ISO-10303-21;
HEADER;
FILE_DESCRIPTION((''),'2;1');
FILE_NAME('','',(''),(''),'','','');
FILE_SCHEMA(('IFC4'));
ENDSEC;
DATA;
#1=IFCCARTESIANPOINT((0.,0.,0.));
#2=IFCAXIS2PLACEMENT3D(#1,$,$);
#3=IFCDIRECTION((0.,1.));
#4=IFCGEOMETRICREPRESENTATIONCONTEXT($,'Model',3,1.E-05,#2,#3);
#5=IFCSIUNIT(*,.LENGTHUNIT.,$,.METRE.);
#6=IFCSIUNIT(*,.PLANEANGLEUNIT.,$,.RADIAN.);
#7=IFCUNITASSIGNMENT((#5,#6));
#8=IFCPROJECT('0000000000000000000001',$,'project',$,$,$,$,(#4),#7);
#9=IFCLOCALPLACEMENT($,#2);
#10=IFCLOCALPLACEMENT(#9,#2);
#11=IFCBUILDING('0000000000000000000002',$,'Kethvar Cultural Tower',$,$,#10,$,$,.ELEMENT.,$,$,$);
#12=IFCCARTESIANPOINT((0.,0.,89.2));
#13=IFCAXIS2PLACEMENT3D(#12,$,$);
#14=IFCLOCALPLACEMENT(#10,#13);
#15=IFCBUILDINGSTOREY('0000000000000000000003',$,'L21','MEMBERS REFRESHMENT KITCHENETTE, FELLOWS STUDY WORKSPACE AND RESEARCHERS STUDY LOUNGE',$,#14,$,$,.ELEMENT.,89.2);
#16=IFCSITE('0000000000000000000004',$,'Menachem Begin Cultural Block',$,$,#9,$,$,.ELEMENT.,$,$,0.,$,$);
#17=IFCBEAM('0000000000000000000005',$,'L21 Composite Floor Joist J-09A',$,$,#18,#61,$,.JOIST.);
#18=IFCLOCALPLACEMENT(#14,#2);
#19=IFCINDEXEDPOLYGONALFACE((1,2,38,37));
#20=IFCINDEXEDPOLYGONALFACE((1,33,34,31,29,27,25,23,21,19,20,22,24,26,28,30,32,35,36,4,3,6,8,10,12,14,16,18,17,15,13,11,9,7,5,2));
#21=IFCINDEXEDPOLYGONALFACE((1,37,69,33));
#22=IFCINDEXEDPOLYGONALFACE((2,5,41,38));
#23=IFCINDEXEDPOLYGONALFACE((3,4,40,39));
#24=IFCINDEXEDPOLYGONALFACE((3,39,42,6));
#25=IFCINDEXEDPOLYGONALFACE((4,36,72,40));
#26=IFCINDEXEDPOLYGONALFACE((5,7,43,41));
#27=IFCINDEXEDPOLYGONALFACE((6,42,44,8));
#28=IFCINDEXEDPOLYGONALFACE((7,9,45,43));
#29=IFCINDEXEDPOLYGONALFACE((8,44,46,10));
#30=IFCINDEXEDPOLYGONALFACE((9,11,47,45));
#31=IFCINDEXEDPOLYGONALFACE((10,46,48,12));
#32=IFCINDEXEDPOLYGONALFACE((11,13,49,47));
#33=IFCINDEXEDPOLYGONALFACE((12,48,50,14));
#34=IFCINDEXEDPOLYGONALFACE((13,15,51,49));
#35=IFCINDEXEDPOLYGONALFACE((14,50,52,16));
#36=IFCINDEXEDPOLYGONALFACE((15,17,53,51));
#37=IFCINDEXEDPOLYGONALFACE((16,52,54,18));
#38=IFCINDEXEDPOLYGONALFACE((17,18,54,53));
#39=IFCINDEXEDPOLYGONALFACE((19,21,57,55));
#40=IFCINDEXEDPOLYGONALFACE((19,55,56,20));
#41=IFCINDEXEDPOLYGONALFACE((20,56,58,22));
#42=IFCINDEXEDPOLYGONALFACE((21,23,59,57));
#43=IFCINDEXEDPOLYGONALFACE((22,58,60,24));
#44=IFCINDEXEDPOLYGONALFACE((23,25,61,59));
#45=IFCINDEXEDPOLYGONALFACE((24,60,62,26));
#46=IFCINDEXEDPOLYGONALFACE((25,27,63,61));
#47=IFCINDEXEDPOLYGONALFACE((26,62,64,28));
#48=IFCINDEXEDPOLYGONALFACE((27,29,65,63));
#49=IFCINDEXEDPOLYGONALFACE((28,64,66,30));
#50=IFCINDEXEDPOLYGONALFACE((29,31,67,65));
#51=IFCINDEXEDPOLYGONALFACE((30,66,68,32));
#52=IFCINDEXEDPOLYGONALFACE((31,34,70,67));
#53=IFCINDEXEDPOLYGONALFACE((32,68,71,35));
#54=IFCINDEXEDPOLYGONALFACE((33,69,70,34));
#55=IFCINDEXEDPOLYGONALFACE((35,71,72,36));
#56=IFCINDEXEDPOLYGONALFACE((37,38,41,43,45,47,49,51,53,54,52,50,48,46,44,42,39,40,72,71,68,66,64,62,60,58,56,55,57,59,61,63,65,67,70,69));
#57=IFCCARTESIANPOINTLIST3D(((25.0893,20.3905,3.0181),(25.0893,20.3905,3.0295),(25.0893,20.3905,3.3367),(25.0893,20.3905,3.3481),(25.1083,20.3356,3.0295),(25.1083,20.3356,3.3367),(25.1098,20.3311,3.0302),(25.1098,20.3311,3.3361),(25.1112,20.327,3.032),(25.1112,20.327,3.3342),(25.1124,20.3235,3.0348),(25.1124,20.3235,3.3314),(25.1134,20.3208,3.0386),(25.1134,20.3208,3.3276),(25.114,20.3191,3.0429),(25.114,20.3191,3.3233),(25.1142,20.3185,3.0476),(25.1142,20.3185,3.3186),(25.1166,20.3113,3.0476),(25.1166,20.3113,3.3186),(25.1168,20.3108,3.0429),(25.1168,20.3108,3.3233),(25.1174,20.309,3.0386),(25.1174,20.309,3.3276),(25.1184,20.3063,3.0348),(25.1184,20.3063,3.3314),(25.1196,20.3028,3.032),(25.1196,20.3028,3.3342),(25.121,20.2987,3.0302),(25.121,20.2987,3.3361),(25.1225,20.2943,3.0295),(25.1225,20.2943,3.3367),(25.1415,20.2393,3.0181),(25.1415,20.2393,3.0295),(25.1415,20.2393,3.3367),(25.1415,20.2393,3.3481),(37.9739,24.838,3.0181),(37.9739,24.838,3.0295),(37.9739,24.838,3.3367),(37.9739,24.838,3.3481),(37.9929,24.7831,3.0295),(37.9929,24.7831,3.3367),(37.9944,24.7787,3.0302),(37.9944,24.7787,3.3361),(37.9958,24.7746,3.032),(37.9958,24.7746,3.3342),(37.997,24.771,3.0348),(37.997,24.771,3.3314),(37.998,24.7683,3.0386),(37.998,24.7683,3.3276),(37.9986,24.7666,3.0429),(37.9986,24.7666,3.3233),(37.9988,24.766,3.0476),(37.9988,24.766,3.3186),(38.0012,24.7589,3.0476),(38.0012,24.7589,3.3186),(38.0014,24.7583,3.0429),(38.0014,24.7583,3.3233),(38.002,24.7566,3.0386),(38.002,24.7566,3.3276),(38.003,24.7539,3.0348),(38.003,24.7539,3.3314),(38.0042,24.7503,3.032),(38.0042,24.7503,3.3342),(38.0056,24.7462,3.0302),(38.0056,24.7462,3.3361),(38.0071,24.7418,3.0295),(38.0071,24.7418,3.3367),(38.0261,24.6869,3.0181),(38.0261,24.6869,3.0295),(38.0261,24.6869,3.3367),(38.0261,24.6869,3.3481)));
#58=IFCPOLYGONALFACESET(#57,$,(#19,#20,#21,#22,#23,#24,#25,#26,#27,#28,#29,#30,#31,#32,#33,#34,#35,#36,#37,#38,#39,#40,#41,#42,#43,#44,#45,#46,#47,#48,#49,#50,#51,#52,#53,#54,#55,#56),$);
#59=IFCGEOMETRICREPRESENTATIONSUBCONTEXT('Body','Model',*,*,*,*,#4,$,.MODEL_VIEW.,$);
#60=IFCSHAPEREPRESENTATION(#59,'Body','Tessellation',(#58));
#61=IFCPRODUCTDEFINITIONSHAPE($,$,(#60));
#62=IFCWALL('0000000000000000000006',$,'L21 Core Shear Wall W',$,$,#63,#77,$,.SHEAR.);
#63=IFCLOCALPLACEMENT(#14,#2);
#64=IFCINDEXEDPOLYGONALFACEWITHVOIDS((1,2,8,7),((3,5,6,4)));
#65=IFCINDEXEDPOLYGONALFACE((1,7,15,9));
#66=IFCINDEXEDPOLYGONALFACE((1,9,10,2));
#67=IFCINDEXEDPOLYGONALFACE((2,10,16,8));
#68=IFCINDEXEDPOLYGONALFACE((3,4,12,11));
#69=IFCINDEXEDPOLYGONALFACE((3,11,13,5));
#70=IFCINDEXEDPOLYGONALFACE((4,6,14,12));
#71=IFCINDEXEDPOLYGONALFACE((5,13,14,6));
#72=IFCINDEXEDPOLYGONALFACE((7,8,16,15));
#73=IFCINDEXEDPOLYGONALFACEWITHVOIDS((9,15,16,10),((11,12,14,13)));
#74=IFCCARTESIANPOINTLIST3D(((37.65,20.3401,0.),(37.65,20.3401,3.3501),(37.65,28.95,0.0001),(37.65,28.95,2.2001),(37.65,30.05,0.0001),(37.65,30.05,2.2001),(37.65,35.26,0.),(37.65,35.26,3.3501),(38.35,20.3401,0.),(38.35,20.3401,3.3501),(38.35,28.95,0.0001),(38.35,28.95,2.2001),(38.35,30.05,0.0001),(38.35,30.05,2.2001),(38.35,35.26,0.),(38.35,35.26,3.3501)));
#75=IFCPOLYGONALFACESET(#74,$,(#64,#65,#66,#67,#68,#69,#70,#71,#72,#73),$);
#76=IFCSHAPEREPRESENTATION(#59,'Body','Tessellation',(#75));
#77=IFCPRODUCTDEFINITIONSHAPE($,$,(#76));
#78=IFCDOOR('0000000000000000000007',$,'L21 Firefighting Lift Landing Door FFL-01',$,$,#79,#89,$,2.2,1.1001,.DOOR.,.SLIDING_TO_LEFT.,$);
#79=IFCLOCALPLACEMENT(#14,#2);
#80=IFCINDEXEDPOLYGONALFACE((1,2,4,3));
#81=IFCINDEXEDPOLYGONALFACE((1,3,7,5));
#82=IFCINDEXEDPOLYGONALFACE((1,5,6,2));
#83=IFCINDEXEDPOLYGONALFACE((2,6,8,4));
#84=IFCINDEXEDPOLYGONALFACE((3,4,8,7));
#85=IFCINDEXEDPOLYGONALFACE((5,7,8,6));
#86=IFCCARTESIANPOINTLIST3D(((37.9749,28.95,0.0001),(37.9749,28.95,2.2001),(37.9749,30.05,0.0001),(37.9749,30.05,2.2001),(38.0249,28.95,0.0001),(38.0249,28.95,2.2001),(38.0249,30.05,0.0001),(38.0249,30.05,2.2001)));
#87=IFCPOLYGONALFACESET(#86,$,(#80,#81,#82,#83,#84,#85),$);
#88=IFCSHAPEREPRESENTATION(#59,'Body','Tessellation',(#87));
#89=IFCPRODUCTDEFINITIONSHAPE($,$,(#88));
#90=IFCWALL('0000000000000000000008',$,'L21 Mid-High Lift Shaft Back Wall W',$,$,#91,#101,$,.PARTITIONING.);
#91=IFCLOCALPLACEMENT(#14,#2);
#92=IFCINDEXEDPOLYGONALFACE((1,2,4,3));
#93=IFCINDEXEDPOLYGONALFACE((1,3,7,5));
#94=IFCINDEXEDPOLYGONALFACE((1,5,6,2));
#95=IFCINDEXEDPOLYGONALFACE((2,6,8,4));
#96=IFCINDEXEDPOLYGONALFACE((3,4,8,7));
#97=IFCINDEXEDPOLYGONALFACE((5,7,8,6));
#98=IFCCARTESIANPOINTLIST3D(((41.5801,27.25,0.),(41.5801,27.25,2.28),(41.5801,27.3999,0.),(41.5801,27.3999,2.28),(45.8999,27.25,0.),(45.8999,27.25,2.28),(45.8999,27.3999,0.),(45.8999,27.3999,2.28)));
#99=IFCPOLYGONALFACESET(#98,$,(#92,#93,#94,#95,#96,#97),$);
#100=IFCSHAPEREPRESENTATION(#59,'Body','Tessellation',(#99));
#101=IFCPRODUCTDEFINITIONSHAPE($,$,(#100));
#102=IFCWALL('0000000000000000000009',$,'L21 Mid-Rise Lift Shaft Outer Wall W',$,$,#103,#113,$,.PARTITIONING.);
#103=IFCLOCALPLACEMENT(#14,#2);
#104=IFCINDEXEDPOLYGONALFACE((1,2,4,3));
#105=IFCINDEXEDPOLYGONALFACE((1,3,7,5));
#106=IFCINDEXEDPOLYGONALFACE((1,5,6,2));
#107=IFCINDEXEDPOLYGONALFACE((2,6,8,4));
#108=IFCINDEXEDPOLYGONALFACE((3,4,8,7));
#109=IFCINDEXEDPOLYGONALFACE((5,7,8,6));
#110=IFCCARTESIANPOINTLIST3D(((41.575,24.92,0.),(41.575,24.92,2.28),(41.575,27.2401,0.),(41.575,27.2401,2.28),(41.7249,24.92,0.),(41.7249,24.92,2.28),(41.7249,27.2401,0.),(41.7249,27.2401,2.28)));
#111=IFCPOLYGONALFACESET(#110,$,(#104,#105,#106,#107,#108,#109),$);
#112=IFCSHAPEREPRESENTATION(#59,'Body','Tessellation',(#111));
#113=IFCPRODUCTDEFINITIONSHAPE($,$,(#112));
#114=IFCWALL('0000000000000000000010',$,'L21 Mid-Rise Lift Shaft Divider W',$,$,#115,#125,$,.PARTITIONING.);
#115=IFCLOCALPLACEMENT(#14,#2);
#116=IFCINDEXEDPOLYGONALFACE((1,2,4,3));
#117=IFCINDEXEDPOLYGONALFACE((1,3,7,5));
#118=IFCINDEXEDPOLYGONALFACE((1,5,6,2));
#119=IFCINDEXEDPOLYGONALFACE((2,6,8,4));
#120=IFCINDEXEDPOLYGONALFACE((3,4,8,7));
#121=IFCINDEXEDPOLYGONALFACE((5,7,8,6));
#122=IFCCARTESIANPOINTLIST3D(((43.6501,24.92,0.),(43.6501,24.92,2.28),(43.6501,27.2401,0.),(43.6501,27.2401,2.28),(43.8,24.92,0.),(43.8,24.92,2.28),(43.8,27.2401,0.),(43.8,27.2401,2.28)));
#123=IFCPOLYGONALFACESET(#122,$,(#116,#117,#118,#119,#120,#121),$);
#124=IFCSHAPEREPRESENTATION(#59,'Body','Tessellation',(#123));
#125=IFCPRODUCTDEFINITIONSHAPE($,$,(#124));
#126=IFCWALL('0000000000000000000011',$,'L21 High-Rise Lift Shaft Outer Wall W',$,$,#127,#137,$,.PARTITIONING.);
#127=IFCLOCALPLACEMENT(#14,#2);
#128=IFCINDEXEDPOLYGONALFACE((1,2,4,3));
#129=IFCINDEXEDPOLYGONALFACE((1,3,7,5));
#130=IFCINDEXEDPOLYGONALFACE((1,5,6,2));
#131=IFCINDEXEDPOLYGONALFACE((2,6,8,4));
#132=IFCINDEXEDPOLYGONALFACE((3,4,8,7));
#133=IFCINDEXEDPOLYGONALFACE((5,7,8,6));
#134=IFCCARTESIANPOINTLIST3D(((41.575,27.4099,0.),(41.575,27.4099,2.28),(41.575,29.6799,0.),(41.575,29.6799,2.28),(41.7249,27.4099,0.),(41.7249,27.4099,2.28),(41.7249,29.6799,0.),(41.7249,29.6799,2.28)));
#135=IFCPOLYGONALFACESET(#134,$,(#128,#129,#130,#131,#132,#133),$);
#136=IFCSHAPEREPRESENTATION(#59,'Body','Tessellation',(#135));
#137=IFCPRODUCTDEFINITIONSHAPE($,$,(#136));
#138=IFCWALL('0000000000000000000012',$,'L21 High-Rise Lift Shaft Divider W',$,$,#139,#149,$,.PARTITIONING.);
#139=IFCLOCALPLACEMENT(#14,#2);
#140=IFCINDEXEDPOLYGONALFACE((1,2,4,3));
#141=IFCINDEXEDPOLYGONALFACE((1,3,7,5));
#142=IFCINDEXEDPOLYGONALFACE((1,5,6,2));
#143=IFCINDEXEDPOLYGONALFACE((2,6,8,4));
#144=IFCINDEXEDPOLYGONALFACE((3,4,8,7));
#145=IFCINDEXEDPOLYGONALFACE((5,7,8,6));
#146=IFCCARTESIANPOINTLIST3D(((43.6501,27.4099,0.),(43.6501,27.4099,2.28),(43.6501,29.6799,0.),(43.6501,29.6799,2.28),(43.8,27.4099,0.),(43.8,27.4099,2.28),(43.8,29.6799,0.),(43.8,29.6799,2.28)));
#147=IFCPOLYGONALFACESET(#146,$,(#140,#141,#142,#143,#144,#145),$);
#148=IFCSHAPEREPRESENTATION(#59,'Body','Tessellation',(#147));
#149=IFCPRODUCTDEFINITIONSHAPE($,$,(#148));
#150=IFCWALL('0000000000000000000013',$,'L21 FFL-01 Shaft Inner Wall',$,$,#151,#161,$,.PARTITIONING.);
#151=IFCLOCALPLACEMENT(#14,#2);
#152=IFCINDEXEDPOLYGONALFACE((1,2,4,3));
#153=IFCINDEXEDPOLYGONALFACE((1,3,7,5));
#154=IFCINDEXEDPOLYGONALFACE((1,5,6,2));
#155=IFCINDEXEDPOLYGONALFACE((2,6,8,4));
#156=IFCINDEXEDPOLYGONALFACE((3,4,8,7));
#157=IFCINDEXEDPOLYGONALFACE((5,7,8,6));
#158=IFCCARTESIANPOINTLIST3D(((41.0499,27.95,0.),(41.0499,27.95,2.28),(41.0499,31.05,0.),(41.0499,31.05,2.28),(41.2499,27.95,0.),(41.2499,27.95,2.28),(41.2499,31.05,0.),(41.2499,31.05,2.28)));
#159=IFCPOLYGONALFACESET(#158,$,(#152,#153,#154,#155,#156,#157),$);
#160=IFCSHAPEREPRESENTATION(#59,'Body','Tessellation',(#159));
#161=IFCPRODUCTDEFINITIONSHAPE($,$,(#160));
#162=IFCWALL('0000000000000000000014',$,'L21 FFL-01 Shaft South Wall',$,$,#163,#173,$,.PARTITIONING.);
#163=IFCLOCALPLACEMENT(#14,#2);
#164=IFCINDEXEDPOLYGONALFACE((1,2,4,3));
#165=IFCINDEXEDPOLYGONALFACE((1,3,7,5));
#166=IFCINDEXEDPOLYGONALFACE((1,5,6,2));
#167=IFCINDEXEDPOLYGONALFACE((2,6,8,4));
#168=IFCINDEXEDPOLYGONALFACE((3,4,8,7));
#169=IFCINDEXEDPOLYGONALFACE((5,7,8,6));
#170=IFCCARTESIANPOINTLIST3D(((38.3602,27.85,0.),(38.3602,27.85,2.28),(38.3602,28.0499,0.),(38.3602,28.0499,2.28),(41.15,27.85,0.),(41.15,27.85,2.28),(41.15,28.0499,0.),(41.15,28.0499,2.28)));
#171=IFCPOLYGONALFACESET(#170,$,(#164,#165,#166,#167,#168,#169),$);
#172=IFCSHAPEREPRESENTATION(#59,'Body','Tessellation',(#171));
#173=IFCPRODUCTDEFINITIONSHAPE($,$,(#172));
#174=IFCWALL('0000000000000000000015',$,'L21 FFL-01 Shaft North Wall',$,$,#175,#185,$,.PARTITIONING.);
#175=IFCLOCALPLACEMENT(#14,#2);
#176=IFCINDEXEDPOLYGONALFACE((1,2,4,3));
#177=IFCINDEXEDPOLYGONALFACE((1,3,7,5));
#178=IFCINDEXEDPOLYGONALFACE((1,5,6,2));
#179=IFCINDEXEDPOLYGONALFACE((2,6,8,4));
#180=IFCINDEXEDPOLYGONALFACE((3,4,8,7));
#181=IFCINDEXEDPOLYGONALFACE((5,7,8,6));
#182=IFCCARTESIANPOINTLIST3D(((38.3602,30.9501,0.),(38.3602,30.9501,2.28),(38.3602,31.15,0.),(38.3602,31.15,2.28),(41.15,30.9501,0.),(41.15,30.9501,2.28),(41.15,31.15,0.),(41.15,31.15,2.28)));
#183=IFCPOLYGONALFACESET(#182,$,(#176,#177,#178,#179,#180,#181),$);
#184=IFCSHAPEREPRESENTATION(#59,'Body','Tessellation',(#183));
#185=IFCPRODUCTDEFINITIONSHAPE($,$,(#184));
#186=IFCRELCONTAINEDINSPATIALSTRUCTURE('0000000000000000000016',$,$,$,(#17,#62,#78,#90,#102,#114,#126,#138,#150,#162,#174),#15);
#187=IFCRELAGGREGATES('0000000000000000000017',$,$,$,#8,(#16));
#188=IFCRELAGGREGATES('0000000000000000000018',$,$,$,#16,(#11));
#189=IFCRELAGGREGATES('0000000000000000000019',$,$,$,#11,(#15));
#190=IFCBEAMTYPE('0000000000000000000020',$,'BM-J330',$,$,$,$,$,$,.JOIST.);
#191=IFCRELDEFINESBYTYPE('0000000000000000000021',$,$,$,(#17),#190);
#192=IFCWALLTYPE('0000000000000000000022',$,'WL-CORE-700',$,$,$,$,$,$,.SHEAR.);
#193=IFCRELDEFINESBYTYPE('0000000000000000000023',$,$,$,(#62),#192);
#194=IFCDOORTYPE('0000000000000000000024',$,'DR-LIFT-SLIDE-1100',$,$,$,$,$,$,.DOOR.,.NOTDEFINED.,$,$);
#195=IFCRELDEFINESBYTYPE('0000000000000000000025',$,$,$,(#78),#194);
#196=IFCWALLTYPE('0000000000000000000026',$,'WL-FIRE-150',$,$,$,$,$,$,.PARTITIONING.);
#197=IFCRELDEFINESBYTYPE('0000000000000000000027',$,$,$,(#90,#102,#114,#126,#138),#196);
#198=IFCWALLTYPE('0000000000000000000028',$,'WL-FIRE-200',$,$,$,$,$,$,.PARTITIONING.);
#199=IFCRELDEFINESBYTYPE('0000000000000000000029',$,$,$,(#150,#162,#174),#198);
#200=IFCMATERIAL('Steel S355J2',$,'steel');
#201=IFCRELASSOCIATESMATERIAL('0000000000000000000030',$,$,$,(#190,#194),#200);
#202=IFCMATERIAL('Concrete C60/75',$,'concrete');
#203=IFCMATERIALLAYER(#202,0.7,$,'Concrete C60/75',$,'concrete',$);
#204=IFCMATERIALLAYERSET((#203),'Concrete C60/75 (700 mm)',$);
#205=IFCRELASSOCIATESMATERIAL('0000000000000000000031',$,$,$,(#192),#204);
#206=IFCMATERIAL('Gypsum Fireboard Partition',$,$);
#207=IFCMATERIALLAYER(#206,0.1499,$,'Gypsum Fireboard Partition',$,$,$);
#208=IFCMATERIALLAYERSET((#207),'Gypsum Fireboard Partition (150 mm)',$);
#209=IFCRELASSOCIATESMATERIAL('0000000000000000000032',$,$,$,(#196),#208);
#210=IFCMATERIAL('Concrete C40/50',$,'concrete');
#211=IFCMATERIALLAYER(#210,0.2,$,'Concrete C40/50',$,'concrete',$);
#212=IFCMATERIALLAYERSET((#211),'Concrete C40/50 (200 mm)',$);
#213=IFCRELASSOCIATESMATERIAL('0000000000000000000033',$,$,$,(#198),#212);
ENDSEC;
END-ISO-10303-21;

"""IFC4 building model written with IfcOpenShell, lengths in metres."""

from ifc_helpers import new_model, si_unit, direction, frame, frame_2d, origin, origin_2d, place, context, subcontext, project, spatial, rectangle, i_section, extrude, source, transform, mapped, material, layer, layer_set, material_profile, profile_set, type_object, element, fill, save


model = new_model("IFC4")

# Units and contexts
model_context = context("Model", 3, precision=1e-05, world=origin(), true_north=direction((0.0, 1.0)))
body_context = subcontext(model_context, "Body", "Model", "MODEL_VIEW")
ifc_project = project(units=[si_unit("LENGTHUNIT", "METRE"), si_unit("PLANEANGLEUNIT", "RADIAN")], contexts=[model_context])

# Site, building, storey
site_placement = place(None, origin())
site = spatial("IfcSite", under=ifc_project, at=site_placement, Name="Menachem Begin Cultural Block", CompositionType="ELEMENT", RefElevation=0.0)
building_placement = place(site_placement, origin())
building = spatial("IfcBuilding", under=site, at=building_placement, Name="Kethvar Cultural Tower", CompositionType="ELEMENT")
storey_placement = place(building_placement, frame((0.0, 0.0, 89.2)))
storey = spatial("IfcBuildingStorey", under=building, at=storey_placement, Name="L21", Description="MEMBERS REFRESHMENT KITCHENETTE, FELLOWS STUDY WORKSPACE AND RESEARCHERS STUDY LOUNGE", CompositionType="ELEMENT", Elevation=89.2)

# Beam
ifc_material_1 = material(Name="Steel S355J2", Category="steel")
ifc_material_profile_1 = material_profile(ifc_material_1, i_section(OverallWidth=0.1599, OverallDepth=0.3301, WebThickness=0.0076, FlangeThickness=0.0115, FilletRadius=0.0181, at=origin_2d()), Name="Steel S355J2 — IPE330")
ifc_profile_set_1 = profile_set([ifc_material_profile_1], Name="Steel S355J2 — IPE330")
beam_type_1 = type_object("IfcBeamType", Name="BM-J330", PredefinedType="JOIST", material=ifc_profile_set_1)
shared_shape_1 = source(origin(), body_context, "Body", "SweptSolid", [
    extrude(i_section(OverallWidth=0.1599, OverallDepth=0.3301, WebThickness=0.0076, FlangeThickness=0.0115, FilletRadius=0.0181, at=origin_2d()), origin(), (0.0, 0.0, 1.0), 13.6306),
])
beam_1_placement = place(storey_placement, frame((38.0, 24.7625, 3.1831), z_axis=(-0.94527, -0.32629, 0.0), x_axis=(0.32629, -0.94527, 0.0)))
element("IfcBeam", 1, at=beam_1_placement, inside=storey, type_object=beam_type_1, Name="L21 Composite Floor Joist J-09A", PredefinedType="JOIST", context=body_context, shape_type="MappedRepresentation", body=[
    mapped(shared_shape_1, transform((0.0, 0.0, 0.0), scale=1.0)),
])

# Wall, opening, door
ifc_material_2 = material(Name="Concrete C60/75", Category="concrete")
ifc_layer_1 = layer(ifc_material_2, 0.7, Name="Concrete C60/75", Category="concrete")
ifc_layer_set_1 = layer_set([ifc_layer_1], Name="Concrete C60/75 (700 mm)")
wall_type_1 = type_object("IfcWallType", Name="WL-CORE-700", PredefinedType="SHEAR", material=ifc_layer_set_1)
wall_1_placement = place(storey_placement, frame((38.0, 35.26, 0.0), z_axis=(0.0, 0.0, 1.0), x_axis=(0.0, -1.0, 0.0)))
wall_1 = element("IfcWall", 2, at=wall_1_placement, inside=storey, type_object=wall_type_1, Name="L21 Core Shear Wall W", PredefinedType="SHEAR", context=body_context, shape_type="SweptSolid", body=[
    extrude(rectangle(XDim=14.9199, YDim=0.7, at=frame_2d((7.46, 0.0))), origin(), (0.0, 0.0, 1.0), 3.3501),
])
opening_placement = place(wall_1_placement, frame((5.21, 0.0, 0.0)))
opening = element("IfcOpeningElement", 3, at=opening_placement, cuts=wall_1, PredefinedType="OPENING", context=body_context, shape_type="SweptSolid", body=[
    extrude(rectangle(XDim=1.1001, YDim=2.2, at=frame_2d((0.55, 1.1001))), frame((0.0, 0.3599, 0.0), z_axis=(0.0, -1.0, 0.0), x_axis=(1.0, 0.0, 0.0)), (0.0, 0.0, 1.0), 0.72),
])
door_type = type_object("IfcDoorType", Name="DR-LIFT-SLIDE-1100", OperationType="NOTDEFINED", PredefinedType="DOOR", material=ifc_material_1)
shared_shape_2 = source(origin(), body_context, "Body", "SweptSolid", [
    extrude(rectangle(XDim=1.1001, YDim=2.2, at=frame_2d((0.55, 1.1001))), frame((0.0, 0.0249, 0.0), z_axis=(0.0, -1.0, 0.0), x_axis=(1.0, 0.0, 0.0)), (0.0, 0.0, 1.0), 0.05),
])
door_placement = place(opening_placement, origin())
door = element("IfcDoor", 4, at=door_placement, inside=storey, type_object=door_type, Name="L21 Firefighting Lift Landing Door FFL-01", OperationType="SLIDING_TO_LEFT", OverallHeight=2.2, OverallWidth=1.1001, PredefinedType="DOOR", context=body_context, shape_type="MappedRepresentation", body=[
    mapped(shared_shape_2, transform((0.0, 0.0, 0.0), scale=1.0)),
])
fill(opening, door)

# Walls
ifc_material_3 = material(Name="Gypsum Fireboard Partition")
ifc_layer_2 = layer(ifc_material_3, 0.1499, Name="Gypsum Fireboard Partition")
ifc_layer_set_2 = layer_set([ifc_layer_2], Name="Gypsum Fireboard Partition (150 mm)")
wall_type_2 = type_object("IfcWallType", Name="WL-FIRE-150", PredefinedType="PARTITIONING", material=ifc_layer_set_2)
wall_2_placement = place(storey_placement, frame((41.5801, 27.325, 0.0), z_axis=(0.0, 0.0, 1.0), x_axis=(1.0, 0.0, 0.0)))
element("IfcWall", 5, at=wall_2_placement, inside=storey, type_object=wall_type_2, Name="L21 Mid-High Lift Shaft Back Wall W", PredefinedType="PARTITIONING", context=body_context, shape_type="SweptSolid", body=[
    extrude(rectangle(XDim=4.3198, YDim=0.1499, at=frame_2d((2.1599, 0.0))), origin(), (0.0, 0.0, 1.0), 2.28),
])
for number, where, z_axis, x_axis, name in (
    (6, (41.6499, 24.9199, 0.0), (0.0, 0.0, 1.0), (0.0, 1.0, 0.0), "L21 Mid-Rise Lift Shaft Outer Wall W"),
    (7, (43.7251, 24.9199, 0.0), (0.0, 0.0, 1.0), (0.0, 1.0, 0.0), "L21 Mid-Rise Lift Shaft Divider W"),
):
    element("IfcWall", number, at=place(storey_placement, frame(where, z_axis=z_axis, x_axis=x_axis)), inside=storey, type_object=wall_type_2, Name=name, PredefinedType="PARTITIONING", context=body_context, shape_type="SweptSolid", body=[
        extrude(rectangle(XDim=2.3201, YDim=0.1499, at=frame_2d((1.1602, 0.0))), origin(), (0.0, 0.0, 1.0), 2.28),
    ])
for number, where, z_axis, x_axis, name in (
    (8, (41.6499, 27.4099, 0.0), (0.0, 0.0, 1.0), (0.0, 1.0, 0.0), "L21 High-Rise Lift Shaft Outer Wall W"),
    (9, (43.7251, 27.4099, 0.0), (0.0, 0.0, 1.0), (0.0, 1.0, 0.0), "L21 High-Rise Lift Shaft Divider W"),
):
    element("IfcWall", number, at=place(storey_placement, frame(where, z_axis=z_axis, x_axis=x_axis)), inside=storey, type_object=wall_type_2, Name=name, PredefinedType="PARTITIONING", context=body_context, shape_type="SweptSolid", body=[
        extrude(rectangle(XDim=2.27, YDim=0.1499, at=frame_2d((1.135, 0.0))), origin(), (0.0, 0.0, 1.0), 2.28),
    ])
ifc_material_4 = material(Name="Concrete C40/50", Category="concrete")
ifc_layer_3 = layer(ifc_material_4, 0.2, Name="Concrete C40/50", Category="concrete")
ifc_layer_set_3 = layer_set([ifc_layer_3], Name="Concrete C40/50 (200 mm)")
wall_type_3 = type_object("IfcWallType", Name="WL-FIRE-200", PredefinedType="PARTITIONING", material=ifc_layer_set_3)
wall_3_placement = place(storey_placement, frame((41.1499, 27.95, 0.0), z_axis=(0.0, 0.0, 1.0), x_axis=(0.0, 1.0, 0.0)))
element("IfcWall", 10, at=wall_3_placement, inside=storey, type_object=wall_type_3, Name="L21 FFL-01 Shaft Inner Wall", PredefinedType="PARTITIONING", context=body_context, shape_type="SweptSolid", body=[
    extrude(rectangle(XDim=3.1001, YDim=0.2, at=frame_2d((1.55, 0.0))), origin(), (0.0, 0.0, 1.0), 2.28),
])
for number, where, z_axis, x_axis, name in (
    (11, (38.3601, 27.95, 0.0), (0.0, 0.0, 1.0), (1.0, 0.0, 0.0), "L21 FFL-01 Shaft South Wall"),
    (12, (38.3601, 31.05, 0.0), (0.0, 0.0, 1.0), (1.0, 0.0, 0.0), "L21 FFL-01 Shaft North Wall"),
):
    element("IfcWall", number, at=place(storey_placement, frame(where, z_axis=z_axis, x_axis=x_axis)), inside=storey, type_object=wall_type_3, Name=name, PredefinedType="PARTITIONING", context=body_context, shape_type="SweptSolid", body=[
        extrude(rectangle(XDim=2.7898, YDim=0.2, at=frame_2d((1.395, 0.0))), origin(), (0.0, 0.0, 1.0), 2.28),
    ])

save(model, "model.ifc")
